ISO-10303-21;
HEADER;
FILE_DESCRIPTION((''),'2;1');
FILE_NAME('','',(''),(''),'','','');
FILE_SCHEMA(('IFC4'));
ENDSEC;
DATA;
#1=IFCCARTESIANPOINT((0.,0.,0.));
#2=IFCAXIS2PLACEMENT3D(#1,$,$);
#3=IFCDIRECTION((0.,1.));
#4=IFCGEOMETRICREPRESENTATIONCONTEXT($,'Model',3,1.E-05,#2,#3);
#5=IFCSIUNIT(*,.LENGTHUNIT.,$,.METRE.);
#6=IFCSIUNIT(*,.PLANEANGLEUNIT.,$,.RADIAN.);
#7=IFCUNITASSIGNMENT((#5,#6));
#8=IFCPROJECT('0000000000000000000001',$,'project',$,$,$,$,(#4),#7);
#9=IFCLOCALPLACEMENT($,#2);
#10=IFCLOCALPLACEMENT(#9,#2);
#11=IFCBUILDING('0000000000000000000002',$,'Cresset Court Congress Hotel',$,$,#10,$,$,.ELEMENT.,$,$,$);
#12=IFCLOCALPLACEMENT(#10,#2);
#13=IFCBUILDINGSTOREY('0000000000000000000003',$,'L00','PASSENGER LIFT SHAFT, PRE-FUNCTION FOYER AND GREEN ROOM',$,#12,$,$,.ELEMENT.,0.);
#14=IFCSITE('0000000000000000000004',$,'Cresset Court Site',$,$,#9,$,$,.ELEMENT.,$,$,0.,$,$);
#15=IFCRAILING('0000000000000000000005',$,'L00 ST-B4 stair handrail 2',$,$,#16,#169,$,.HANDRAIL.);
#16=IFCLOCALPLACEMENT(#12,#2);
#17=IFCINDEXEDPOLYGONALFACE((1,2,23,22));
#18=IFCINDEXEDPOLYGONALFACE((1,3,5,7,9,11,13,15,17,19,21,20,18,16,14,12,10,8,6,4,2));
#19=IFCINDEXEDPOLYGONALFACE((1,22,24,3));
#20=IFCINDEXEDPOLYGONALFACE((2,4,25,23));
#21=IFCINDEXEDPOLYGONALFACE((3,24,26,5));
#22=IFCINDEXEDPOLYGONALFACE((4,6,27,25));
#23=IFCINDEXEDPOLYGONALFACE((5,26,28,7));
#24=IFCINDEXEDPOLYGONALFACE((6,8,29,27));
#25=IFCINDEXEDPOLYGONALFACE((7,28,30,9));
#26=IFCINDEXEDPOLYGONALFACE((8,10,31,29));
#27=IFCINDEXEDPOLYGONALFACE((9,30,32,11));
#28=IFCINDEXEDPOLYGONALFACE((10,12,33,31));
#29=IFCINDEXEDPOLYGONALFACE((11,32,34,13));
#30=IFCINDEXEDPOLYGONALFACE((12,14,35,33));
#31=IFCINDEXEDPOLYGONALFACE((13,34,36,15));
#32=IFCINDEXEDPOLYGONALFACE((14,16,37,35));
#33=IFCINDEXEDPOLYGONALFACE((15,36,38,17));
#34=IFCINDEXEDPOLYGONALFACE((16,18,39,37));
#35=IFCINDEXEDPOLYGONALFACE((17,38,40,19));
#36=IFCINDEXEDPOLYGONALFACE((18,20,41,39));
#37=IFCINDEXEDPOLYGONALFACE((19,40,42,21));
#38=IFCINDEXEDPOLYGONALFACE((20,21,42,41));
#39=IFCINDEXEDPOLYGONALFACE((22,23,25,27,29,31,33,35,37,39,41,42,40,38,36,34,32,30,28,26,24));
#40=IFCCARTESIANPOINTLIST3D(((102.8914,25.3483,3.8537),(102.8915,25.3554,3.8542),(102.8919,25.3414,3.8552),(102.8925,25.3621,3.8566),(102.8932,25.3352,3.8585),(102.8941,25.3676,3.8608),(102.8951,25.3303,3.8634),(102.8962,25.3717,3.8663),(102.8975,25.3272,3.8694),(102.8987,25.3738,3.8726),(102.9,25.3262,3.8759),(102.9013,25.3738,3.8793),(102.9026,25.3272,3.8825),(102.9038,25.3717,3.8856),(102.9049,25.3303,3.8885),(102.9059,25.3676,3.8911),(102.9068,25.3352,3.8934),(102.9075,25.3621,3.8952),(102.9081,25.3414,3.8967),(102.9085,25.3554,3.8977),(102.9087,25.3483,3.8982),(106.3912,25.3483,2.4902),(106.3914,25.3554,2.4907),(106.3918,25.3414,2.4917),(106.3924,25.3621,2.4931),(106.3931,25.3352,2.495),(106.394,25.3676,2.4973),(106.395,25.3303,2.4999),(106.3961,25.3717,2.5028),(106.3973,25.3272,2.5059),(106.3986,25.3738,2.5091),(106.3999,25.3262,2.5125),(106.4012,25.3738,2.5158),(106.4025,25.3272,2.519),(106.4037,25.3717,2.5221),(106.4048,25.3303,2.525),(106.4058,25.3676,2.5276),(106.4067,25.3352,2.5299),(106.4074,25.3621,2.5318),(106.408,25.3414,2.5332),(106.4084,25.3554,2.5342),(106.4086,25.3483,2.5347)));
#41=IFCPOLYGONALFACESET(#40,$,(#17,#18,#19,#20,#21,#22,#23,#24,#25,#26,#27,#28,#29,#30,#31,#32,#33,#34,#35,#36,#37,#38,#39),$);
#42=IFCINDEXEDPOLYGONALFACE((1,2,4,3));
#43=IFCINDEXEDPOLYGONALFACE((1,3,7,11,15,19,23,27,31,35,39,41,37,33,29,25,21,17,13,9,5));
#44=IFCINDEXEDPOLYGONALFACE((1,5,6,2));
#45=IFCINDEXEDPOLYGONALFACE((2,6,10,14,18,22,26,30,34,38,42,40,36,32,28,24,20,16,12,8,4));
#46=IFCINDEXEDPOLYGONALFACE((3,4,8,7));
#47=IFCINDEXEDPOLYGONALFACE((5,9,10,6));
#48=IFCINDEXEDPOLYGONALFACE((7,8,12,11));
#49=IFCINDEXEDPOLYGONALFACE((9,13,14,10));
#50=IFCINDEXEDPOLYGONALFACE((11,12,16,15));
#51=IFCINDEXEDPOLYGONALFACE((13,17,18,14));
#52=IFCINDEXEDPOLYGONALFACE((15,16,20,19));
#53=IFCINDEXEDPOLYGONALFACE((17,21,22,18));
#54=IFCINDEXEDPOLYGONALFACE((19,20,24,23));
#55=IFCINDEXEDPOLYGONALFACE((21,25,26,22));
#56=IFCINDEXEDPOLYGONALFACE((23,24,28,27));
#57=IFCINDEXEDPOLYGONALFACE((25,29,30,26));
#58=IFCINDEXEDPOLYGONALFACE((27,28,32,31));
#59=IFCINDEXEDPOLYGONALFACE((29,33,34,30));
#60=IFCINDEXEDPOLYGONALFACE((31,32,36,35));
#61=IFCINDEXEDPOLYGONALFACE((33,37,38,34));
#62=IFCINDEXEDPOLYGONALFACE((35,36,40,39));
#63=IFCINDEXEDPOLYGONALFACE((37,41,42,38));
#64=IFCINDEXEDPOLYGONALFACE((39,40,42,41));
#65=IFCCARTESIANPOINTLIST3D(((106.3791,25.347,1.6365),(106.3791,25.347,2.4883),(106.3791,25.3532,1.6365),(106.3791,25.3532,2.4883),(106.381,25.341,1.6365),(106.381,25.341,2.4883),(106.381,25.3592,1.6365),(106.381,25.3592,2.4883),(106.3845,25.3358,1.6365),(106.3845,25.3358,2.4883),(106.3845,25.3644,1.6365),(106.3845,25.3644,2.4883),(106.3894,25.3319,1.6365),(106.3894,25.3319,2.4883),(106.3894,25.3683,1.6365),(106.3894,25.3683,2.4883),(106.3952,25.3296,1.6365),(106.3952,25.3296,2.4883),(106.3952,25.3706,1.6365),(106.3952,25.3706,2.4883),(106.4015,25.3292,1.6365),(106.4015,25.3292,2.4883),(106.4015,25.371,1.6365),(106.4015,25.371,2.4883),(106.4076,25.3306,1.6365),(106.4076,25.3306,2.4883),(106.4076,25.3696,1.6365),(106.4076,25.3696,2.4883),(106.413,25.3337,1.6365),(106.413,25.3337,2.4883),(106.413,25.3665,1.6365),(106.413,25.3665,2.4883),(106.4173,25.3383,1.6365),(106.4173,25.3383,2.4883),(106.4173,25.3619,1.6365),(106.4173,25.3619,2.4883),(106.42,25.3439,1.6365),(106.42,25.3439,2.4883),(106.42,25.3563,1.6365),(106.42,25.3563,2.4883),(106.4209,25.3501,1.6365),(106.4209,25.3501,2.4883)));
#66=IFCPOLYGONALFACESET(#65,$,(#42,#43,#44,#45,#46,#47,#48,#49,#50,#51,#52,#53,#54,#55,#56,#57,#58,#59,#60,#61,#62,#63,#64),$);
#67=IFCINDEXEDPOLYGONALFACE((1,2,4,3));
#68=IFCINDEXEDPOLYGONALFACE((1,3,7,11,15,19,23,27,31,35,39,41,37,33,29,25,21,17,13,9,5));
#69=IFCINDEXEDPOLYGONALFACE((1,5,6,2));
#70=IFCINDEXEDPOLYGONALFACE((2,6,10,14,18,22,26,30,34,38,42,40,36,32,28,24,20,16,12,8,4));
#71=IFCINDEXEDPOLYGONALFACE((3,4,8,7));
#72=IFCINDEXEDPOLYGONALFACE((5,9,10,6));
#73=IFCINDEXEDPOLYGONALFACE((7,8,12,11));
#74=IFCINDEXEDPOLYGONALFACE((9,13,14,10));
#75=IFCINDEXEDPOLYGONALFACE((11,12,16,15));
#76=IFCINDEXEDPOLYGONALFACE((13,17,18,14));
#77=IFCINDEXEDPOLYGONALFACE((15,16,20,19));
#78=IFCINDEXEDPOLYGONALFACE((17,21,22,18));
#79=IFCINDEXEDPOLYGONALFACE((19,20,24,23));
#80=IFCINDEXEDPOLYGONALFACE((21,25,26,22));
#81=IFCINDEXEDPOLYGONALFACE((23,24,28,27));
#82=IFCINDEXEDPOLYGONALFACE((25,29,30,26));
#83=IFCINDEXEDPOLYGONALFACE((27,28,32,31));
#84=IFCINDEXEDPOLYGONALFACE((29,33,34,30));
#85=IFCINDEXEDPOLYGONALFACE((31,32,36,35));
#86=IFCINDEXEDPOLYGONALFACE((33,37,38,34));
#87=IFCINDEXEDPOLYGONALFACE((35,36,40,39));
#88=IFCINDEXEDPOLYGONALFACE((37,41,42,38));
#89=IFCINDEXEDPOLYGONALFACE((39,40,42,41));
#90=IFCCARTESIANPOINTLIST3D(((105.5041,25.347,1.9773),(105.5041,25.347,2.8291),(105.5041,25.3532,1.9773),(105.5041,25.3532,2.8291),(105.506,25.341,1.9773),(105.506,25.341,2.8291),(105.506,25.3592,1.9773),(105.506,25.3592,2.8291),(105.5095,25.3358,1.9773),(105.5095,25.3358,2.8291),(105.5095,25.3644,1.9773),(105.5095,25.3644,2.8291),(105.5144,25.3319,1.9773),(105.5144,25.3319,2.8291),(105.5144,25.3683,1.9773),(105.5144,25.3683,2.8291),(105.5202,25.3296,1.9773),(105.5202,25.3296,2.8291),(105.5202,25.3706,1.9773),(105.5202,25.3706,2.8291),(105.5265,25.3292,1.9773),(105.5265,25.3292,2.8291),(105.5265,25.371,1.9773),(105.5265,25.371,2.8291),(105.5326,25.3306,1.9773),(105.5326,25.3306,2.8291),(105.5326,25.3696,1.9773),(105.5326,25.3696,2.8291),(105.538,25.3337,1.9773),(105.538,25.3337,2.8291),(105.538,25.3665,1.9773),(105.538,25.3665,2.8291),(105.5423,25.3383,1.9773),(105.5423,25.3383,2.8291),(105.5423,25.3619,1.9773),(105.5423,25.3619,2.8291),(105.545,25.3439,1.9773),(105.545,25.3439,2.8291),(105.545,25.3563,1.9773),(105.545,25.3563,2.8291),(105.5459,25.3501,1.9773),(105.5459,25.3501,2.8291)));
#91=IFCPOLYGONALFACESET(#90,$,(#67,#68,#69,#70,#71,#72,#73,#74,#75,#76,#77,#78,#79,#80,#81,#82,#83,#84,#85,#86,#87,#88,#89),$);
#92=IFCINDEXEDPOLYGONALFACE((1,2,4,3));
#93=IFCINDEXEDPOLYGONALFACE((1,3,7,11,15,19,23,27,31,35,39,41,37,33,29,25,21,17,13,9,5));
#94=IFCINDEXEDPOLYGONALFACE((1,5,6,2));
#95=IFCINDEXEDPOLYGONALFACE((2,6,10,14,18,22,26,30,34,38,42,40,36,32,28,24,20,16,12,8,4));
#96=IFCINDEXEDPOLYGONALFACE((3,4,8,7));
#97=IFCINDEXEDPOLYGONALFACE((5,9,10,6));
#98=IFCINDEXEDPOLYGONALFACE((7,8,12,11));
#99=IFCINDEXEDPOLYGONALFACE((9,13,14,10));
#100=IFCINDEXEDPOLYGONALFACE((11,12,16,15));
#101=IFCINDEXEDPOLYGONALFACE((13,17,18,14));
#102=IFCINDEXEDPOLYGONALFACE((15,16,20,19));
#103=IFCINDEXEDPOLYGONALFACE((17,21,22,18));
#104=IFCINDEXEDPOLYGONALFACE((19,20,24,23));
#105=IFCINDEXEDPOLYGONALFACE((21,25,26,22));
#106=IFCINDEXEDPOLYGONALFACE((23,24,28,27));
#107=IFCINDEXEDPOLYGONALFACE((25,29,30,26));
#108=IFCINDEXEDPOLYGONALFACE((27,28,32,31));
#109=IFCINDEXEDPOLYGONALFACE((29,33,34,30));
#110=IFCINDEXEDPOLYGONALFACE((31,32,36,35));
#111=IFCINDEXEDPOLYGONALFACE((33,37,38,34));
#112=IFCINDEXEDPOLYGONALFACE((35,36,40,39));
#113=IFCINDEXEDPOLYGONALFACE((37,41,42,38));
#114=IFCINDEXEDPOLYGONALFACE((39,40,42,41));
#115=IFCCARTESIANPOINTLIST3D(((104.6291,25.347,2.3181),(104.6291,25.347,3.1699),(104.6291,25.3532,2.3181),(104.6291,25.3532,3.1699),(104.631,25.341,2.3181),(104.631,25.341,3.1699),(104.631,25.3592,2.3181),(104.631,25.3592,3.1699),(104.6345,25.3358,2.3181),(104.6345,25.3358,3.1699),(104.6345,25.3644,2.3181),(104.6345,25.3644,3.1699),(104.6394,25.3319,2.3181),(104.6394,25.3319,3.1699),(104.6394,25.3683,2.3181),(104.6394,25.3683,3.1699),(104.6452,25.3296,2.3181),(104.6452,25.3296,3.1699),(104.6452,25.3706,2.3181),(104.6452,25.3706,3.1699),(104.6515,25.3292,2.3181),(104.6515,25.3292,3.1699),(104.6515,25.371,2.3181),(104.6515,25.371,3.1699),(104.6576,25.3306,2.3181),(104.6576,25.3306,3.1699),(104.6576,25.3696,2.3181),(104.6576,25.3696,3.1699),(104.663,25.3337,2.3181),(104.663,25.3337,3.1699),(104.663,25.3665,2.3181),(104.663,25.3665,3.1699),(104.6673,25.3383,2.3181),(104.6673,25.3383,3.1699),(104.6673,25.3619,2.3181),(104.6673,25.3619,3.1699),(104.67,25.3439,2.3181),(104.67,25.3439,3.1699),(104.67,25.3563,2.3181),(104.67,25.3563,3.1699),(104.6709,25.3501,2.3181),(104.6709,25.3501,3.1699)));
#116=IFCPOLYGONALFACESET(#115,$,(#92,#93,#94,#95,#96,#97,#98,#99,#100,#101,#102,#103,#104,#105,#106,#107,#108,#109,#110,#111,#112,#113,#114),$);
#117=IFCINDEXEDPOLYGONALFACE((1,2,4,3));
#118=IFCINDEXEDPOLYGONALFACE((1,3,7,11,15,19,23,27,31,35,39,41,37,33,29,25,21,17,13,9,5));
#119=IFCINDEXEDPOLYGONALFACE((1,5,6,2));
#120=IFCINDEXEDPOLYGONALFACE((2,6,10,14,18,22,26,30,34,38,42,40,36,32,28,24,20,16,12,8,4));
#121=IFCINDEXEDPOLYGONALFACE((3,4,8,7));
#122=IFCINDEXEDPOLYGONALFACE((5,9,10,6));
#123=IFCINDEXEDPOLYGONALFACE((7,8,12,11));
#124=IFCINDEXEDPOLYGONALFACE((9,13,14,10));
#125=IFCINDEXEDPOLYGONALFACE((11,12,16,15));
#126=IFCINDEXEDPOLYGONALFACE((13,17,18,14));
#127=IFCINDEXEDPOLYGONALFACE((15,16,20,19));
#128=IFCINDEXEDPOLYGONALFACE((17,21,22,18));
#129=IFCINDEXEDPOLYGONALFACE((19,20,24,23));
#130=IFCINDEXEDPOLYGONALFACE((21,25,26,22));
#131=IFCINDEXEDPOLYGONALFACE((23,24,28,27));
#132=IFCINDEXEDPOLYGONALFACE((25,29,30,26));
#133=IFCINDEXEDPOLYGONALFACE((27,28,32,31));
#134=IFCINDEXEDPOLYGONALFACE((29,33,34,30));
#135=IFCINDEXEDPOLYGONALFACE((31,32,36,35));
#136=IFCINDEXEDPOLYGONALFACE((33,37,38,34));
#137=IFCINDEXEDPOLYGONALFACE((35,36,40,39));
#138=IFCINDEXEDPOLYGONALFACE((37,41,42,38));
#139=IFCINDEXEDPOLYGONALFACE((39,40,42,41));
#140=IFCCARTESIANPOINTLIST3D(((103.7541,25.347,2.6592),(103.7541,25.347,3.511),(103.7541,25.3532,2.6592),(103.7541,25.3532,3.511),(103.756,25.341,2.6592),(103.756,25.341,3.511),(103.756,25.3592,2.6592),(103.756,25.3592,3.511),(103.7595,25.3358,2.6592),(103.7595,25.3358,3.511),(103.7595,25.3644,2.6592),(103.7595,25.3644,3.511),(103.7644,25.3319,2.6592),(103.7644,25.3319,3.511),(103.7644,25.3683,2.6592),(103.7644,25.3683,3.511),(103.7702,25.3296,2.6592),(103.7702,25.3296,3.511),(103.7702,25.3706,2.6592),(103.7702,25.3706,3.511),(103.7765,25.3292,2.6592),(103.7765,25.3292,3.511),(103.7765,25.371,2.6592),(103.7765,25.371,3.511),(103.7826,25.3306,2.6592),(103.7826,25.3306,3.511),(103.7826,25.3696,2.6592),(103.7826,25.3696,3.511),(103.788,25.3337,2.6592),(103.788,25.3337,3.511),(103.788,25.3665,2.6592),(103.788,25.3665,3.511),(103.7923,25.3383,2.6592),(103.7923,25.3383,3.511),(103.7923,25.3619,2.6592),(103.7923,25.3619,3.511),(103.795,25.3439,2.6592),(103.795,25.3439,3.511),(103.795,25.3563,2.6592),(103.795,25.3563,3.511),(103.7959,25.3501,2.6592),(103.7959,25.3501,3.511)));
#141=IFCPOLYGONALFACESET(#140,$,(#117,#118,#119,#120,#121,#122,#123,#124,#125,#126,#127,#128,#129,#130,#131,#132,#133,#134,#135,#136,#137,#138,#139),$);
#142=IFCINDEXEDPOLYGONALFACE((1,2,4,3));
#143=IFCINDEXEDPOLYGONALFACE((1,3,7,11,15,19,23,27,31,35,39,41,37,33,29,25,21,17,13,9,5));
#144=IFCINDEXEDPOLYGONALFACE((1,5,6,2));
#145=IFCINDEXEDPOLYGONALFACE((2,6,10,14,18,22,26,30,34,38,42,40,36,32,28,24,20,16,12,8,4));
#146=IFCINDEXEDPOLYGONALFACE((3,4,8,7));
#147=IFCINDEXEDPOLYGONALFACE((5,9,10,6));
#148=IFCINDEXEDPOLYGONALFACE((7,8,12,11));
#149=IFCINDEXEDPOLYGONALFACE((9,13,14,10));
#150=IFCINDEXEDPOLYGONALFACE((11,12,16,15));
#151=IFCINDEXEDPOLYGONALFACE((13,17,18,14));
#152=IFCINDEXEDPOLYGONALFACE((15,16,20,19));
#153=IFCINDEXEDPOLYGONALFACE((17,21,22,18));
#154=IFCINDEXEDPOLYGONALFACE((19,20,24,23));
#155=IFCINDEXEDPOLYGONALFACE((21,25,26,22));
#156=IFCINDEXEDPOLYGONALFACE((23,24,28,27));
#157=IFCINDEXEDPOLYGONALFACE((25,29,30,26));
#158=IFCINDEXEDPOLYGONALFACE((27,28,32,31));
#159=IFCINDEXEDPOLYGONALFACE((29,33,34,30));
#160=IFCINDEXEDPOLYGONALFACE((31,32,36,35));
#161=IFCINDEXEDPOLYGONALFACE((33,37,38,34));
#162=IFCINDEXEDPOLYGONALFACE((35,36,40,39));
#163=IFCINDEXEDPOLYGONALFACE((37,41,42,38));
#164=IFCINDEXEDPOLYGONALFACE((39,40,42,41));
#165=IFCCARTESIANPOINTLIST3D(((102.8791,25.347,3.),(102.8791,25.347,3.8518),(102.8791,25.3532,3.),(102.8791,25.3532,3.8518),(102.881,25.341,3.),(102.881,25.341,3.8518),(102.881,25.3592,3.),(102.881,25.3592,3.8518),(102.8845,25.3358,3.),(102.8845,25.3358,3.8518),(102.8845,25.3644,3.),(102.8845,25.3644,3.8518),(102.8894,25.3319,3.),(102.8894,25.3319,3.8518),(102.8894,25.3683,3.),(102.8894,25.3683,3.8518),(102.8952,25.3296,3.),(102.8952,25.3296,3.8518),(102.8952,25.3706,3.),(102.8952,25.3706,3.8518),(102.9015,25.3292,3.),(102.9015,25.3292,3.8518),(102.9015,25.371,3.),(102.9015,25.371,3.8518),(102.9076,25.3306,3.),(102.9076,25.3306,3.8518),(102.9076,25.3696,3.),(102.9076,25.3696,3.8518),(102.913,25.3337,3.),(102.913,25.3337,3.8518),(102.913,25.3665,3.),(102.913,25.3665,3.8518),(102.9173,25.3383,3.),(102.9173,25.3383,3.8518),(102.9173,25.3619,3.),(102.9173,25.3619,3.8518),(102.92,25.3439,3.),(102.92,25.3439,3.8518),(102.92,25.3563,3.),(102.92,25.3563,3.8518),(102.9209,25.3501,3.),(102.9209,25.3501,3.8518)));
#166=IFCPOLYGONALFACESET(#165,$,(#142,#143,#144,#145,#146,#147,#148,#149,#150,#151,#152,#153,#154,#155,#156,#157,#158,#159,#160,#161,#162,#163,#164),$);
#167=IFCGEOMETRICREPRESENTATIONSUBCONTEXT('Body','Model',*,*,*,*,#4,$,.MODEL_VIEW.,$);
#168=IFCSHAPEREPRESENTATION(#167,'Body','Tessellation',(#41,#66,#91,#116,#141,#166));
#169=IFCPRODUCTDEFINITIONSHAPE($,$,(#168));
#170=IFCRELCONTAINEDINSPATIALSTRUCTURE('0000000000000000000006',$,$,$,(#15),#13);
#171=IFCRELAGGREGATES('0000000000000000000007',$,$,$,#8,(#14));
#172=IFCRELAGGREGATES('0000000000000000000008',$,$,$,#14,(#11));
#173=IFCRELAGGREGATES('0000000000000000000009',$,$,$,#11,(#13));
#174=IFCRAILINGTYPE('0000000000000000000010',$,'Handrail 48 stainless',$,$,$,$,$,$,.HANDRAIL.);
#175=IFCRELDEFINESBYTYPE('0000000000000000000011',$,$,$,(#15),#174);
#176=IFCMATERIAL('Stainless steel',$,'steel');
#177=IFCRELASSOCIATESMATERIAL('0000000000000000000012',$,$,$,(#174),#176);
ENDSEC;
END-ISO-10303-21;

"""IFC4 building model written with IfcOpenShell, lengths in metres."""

from ifc_helpers import new_model, si_unit, direction, frame, origin, origin_2d, place, context, subcontext, project, spatial, circle, extrude, material, type_object, element, save


model = new_model("IFC4")

# Units and contexts
model_context = context("Model", 3, precision=1e-05, world=origin(), true_north=direction((0.0, 1.0)))
body_context = subcontext(model_context, "Body", "Model", "MODEL_VIEW")
ifc_project = project(units=[si_unit("LENGTHUNIT", "METRE"), si_unit("PLANEANGLEUNIT", "RADIAN")], contexts=[model_context])

# Site, building, storey
site_placement = place(None, origin())
site = spatial("IfcSite", under=ifc_project, at=site_placement, Name="Cresset Court Site", CompositionType="ELEMENT", RefElevation=0.0)
building_placement = place(site_placement, origin())
building = spatial("IfcBuilding", under=site, at=building_placement, Name="Cresset Court Congress Hotel", CompositionType="ELEMENT")
storey_placement = place(building_placement, origin())
storey = spatial("IfcBuildingStorey", under=building, at=storey_placement, Name="L00", Description="PASSENGER LIFT SHAFT, PRE-FUNCTION FOYER AND GREEN ROOM", CompositionType="ELEMENT", Elevation=0.0)

# Railing
ifc_material_1 = material(Name="Stainless steel", Category="steel")
railing_type_1 = type_object("IfcRailingType", Name="Handrail 48 stainless", PredefinedType="HANDRAIL", material=ifc_material_1)
railing_1_placement = place(storey_placement, frame((106.3999, 25.3501, 1.6365)))
element("IfcRailing", 1, at=railing_1_placement, inside=storey, type_object=railing_type_1, Name="L00 ST-B4 stair handrail 2", PredefinedType="HANDRAIL", context=body_context, shape_type="SweptSolid", body=[
    extrude(circle(Radius=0.0239, at=origin_2d()), frame((0.0, 0.0, 0.876), z_axis=(-0.931787, 0.0, 0.363005), x_axis=(0.0, -1.0, 0.0)), (0.0, 0.0, 1.0), 3.7561),
    extrude(circle(Radius=0.021, at=origin_2d()), origin(), (0.0, 0.0, 1.0), 0.8518),
    extrude(circle(Radius=0.021, at=origin_2d()), frame((-0.875, 0.0, 0.3408)), (0.0, 0.0, 1.0), 0.8518),
    extrude(circle(Radius=0.021, at=origin_2d()), frame((-1.75, 0.0, 0.6816)), (0.0, 0.0, 1.0), 0.8518),
    extrude(circle(Radius=0.021, at=origin_2d()), frame((-2.625, 0.0, 1.0227)), (0.0, 0.0, 1.0), 0.8518),
    extrude(circle(Radius=0.021, at=origin_2d()), frame((-3.5, 0.0, 1.3635)), (0.0, 0.0, 1.0), 0.8518),
])

save(model, "model.ifc")
